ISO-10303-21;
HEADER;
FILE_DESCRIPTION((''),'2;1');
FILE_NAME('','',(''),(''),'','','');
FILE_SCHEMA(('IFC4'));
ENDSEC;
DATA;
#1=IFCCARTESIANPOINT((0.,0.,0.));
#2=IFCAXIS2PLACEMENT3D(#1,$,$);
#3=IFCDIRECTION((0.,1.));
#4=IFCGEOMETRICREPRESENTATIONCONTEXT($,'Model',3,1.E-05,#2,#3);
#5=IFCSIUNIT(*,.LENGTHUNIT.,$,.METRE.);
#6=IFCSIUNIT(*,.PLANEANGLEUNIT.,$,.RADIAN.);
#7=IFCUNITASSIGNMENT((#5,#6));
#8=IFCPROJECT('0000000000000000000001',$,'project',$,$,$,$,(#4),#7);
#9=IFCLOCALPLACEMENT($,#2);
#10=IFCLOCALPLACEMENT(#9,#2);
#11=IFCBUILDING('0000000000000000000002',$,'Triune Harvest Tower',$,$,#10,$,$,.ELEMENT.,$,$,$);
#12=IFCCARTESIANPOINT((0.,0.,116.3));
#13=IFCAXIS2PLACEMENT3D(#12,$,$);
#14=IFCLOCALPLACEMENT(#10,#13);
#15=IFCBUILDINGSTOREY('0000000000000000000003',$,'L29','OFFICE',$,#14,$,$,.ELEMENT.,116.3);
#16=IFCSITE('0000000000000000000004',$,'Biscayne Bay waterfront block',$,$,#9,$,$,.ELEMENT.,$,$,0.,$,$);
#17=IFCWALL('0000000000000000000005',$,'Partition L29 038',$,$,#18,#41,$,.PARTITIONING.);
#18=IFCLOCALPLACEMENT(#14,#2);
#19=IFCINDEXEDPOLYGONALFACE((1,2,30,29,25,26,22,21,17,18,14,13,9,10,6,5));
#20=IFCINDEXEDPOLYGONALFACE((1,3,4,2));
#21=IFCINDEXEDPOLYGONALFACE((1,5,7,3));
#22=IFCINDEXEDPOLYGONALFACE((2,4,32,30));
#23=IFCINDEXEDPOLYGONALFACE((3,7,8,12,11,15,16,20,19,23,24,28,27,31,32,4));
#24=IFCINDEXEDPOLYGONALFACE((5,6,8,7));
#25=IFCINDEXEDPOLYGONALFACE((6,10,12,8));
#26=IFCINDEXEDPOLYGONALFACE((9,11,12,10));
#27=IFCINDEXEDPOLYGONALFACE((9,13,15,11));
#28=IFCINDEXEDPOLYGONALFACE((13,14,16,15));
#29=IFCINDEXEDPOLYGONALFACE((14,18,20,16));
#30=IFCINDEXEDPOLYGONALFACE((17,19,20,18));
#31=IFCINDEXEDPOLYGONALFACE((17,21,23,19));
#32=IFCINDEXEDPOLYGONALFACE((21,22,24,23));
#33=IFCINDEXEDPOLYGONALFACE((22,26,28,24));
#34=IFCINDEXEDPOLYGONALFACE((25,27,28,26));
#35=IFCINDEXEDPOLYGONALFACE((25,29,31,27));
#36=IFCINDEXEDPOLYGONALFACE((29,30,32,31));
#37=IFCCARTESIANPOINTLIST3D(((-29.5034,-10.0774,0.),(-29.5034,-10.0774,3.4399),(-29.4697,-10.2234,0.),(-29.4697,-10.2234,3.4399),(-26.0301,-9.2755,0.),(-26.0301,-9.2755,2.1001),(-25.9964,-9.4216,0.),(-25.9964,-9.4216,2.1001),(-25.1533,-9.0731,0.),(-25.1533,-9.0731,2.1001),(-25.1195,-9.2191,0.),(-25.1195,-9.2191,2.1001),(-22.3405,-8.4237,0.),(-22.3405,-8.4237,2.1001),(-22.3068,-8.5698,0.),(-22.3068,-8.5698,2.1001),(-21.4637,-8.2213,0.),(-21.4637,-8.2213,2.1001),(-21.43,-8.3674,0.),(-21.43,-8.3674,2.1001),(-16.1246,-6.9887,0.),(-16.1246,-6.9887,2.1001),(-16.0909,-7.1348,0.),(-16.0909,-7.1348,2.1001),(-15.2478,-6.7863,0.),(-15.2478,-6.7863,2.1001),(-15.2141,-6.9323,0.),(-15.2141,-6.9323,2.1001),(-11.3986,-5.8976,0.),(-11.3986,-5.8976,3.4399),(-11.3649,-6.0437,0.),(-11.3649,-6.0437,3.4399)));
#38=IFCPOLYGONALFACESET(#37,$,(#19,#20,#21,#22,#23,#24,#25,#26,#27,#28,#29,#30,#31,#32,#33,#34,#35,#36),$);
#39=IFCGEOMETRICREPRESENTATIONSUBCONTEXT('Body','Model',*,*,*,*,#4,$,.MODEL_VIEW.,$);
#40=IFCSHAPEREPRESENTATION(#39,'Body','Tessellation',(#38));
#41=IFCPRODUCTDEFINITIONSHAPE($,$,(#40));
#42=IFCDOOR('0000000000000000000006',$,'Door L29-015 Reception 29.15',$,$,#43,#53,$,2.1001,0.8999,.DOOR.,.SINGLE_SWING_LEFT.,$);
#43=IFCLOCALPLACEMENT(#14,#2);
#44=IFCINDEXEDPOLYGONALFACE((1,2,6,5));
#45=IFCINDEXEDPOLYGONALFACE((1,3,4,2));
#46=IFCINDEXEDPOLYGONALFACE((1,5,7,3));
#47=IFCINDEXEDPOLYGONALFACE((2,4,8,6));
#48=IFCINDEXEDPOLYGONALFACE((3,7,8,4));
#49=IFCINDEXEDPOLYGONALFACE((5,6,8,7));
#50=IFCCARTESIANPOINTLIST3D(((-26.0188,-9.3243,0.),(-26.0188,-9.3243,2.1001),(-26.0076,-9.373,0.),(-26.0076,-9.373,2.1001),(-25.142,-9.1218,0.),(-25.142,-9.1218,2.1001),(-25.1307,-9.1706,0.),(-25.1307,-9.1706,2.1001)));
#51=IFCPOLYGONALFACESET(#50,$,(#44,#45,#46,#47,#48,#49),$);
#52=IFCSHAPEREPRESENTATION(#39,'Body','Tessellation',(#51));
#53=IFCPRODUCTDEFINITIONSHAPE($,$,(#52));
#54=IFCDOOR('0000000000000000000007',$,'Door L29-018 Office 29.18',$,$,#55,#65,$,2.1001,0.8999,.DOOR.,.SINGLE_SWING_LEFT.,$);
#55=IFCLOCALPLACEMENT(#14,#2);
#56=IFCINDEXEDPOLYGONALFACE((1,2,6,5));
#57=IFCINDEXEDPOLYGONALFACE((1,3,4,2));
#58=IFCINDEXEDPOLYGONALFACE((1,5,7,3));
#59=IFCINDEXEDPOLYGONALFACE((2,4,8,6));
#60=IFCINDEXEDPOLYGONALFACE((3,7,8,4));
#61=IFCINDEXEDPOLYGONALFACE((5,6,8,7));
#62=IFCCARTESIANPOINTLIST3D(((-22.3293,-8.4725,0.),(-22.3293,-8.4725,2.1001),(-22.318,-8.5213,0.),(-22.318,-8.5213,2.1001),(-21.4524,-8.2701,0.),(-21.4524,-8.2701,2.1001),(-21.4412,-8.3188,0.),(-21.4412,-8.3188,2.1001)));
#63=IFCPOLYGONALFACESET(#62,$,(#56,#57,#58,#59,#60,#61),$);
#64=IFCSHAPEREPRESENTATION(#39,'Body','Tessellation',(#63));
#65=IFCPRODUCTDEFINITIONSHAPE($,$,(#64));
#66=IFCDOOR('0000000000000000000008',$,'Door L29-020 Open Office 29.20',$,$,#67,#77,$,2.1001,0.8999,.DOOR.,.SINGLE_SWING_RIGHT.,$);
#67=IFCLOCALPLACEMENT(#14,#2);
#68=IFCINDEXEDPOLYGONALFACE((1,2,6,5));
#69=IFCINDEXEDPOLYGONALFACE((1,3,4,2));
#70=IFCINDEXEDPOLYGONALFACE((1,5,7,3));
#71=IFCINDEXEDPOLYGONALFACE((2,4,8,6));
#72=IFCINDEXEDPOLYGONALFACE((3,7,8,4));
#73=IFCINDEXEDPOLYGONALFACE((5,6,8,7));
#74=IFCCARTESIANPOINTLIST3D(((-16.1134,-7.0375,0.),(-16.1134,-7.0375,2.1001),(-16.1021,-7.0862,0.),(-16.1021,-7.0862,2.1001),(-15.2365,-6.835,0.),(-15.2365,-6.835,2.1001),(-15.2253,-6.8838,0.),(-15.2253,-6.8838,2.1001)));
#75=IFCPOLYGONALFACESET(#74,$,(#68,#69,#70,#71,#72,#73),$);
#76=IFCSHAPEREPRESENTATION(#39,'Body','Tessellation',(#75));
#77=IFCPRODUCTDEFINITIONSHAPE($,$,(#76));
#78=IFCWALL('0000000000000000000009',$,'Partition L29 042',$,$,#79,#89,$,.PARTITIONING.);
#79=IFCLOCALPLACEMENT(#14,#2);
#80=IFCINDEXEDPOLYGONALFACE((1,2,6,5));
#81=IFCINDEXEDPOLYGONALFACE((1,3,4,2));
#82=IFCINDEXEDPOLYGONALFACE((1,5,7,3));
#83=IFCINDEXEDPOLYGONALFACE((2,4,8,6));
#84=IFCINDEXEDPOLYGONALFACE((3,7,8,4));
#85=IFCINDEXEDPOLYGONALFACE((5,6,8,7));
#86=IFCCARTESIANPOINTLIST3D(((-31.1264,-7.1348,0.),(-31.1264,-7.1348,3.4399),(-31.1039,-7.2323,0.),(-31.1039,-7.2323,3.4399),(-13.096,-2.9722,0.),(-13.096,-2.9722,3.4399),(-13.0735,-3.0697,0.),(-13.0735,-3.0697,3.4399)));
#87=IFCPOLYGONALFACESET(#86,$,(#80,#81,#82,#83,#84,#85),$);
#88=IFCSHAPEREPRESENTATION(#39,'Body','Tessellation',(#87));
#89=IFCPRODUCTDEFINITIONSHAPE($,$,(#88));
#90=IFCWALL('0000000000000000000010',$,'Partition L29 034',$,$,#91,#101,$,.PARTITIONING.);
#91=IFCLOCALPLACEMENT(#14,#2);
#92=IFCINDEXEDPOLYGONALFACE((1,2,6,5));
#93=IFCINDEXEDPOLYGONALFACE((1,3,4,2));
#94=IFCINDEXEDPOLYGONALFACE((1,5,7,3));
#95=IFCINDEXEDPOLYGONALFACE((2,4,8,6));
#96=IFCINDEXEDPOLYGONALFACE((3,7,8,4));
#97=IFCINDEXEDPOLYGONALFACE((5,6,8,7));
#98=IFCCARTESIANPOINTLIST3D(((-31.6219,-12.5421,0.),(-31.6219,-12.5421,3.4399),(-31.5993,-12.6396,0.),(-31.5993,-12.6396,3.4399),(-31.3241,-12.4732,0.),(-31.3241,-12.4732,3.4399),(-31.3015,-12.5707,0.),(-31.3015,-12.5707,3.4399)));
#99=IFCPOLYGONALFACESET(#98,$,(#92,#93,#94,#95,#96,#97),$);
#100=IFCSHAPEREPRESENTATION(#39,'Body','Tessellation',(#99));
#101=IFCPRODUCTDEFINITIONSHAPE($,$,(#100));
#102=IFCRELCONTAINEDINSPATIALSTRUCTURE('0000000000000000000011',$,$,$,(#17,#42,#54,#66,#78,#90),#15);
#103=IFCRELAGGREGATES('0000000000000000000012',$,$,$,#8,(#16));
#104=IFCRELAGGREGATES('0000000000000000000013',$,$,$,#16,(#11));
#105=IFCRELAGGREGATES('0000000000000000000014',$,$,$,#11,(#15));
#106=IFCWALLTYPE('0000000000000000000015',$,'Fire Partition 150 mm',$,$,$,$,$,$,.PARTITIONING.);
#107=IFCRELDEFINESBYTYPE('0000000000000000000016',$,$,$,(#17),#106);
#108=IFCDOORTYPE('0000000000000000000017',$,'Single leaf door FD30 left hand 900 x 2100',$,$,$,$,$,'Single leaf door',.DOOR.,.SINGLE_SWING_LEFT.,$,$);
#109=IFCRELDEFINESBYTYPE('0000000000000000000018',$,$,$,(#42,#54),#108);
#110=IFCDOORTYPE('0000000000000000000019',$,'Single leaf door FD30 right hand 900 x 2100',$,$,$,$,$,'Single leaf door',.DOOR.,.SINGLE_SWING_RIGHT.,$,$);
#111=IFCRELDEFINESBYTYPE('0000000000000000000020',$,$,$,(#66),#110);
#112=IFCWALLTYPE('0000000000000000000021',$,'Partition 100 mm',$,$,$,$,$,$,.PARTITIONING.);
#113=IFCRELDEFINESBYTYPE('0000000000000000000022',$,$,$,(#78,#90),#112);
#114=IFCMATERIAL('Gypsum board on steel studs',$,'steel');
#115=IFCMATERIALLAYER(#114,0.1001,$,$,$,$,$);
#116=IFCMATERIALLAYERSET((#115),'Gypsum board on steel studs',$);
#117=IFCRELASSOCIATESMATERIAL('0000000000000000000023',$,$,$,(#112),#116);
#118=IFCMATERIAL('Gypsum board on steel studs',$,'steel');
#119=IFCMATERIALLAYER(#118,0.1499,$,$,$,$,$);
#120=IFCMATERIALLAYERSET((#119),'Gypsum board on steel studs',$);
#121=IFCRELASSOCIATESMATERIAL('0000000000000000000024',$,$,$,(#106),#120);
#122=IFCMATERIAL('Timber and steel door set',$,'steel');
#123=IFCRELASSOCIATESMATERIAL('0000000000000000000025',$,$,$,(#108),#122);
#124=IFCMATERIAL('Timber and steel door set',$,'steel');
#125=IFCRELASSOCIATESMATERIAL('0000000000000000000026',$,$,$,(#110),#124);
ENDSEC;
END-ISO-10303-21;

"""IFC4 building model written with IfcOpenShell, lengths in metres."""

from ifc_helpers import new_model, si_unit, direction, frame, frame_2d, origin, place, context, subcontext, project, spatial, rectangle, extrude, source, transform, mapped, material, layer, layer_set, type_object, element, fill, save


model = new_model("IFC4")

# Units and contexts
model_context = context("Model", 3, precision=1e-05, world=origin(), true_north=direction((0.0, 1.0)))
body_context = subcontext(model_context, "Body", "Model", "MODEL_VIEW")
ifc_project = project(units=[si_unit("LENGTHUNIT", "METRE"), si_unit("PLANEANGLEUNIT", "RADIAN")], contexts=[model_context])

# Site, building, storey
site_placement = place(None, origin())
site = spatial("IfcSite", under=ifc_project, at=site_placement, Name="Biscayne Bay waterfront block", CompositionType="ELEMENT", RefElevation=0.0)
building_placement = place(site_placement, origin())
building = spatial("IfcBuilding", under=site, at=building_placement, Name="Triune Harvest Tower", CompositionType="ELEMENT")
storey_placement = place(building_placement, frame((0.0, 0.0, 116.3)))
storey = spatial("IfcBuildingStorey", under=building, at=storey_placement, Name="L29", Description="OFFICE", CompositionType="ELEMENT", Elevation=116.3)

# Shared definitions
ifc_material_1 = material(Name="Gypsum board on steel studs", Category="steel")
ifc_layer_1 = layer(ifc_material_1, 0.1001)
ifc_layer_set_1 = layer_set([ifc_layer_1], Name="Gypsum board on steel studs")
wall_type_1 = type_object("IfcWallType", Name="Partition 100 mm", PredefinedType="PARTITIONING", material=ifc_layer_set_1)
ifc_material_2 = material(Name="Gypsum board on steel studs", Category="steel")
ifc_layer_2 = layer(ifc_material_2, 0.1499)
ifc_layer_set_2 = layer_set([ifc_layer_2], Name="Gypsum board on steel studs")
wall_type_2 = type_object("IfcWallType", Name="Fire Partition 150 mm", PredefinedType="PARTITIONING", material=ifc_layer_set_2)

# Wall, openings, doors
shared_shape_1 = source(origin(), body_context, "Body", "SweptSolid", [
    extrude(rectangle(XDim=18.5811, YDim=0.1499, at=frame_2d((9.2905, 0.0))), origin(), (0.0, 0.0, 1.0), 3.4399),
])
wall_1_placement = place(storey_placement, frame((-29.4866, -10.1504, 0.0), z_axis=(0.0, 0.0, 1.0), x_axis=(0.974371, 0.224945, 0.0)))
wall_1 = element("IfcWall", 1, at=wall_1_placement, inside=storey, type_object=wall_type_2, Name="Partition L29 038", PredefinedType="PARTITIONING", context=body_context, shape_type="MappedRepresentation", body=[
    mapped(shared_shape_1, transform((0.0, 0.0, 0.0), scale=1.0)),
])
opening_1_placement = place(wall_1_placement, frame((3.5647, 0.0, 0.0)))
opening_1 = element("IfcOpeningElement", 2, at=opening_1_placement, cuts=wall_1, PredefinedType="OPENING", context=body_context, shape_type="SweptSolid", body=[
    extrude(rectangle(XDim=0.8999, YDim=2.1001, at=frame_2d((0.45, 1.05))), frame((0.0, 0.085, 0.0), z_axis=(0.0, -1.0, 0.0), x_axis=(1.0, 0.0, 0.0)), (0.0, 0.0, 1.0), 0.1699),
])
opening_2_placement = place(wall_1_placement, frame((7.3513, 0.0, 0.0)))
opening_2 = element("IfcOpeningElement", 3, at=opening_2_placement, cuts=wall_1, PredefinedType="OPENING", context=body_context, shape_type="SweptSolid", body=[
    extrude(rectangle(XDim=0.8999, YDim=2.1001, at=frame_2d((0.45, 1.05))), frame((0.0, 0.085, 0.0), z_axis=(0.0, -1.0, 0.0), x_axis=(1.0, 0.0, 0.0)), (0.0, 0.0, 1.0), 0.1699),
])
opening_3_placement = place(wall_1_placement, frame((13.7307, 0.0, 0.0)))
opening_3 = element("IfcOpeningElement", 4, at=opening_3_placement, cuts=wall_1, PredefinedType="OPENING", context=body_context, shape_type="SweptSolid", body=[
    extrude(rectangle(XDim=0.8999, YDim=2.1001, at=frame_2d((0.45, 1.05))), frame((0.0, 0.085, 0.0), z_axis=(0.0, -1.0, 0.0), x_axis=(1.0, 0.0, 0.0)), (0.0, 0.0, 1.0), 0.1699),
])
ifc_material_3 = material(Name="Timber and steel door set", Category="steel")
door_type_1 = type_object("IfcDoorType", Name="Single leaf door FD30 left hand 900 x 2100", ElementType="Single leaf door", OperationType="SINGLE_SWING_LEFT", PredefinedType="DOOR", material=ifc_material_3)
door_1_placement = place(opening_1_placement, origin())
door_1 = element("IfcDoor", 5, at=door_1_placement, inside=storey, type_object=door_type_1, Name="Door L29-015 Reception 29.15", OperationType="SINGLE_SWING_LEFT", OverallHeight=2.1001, OverallWidth=0.8999, PredefinedType="DOOR", context=body_context, shape_type="SweptSolid", body=[
    extrude(rectangle(XDim=0.8999, YDim=2.1001, at=frame_2d((0.45, 1.05))), frame((0.0, 0.0249, 0.0), z_axis=(0.0, -1.0, 0.0), x_axis=(1.0, 0.0, 0.0)), (0.0, 0.0, 1.0), 0.05),
])
fill(opening_1, door_1)
door_2_placement = place(opening_2_placement, origin())
door_2 = element("IfcDoor", 6, at=door_2_placement, inside=storey, type_object=door_type_1, Name="Door L29-018 Office 29.18", OperationType="SINGLE_SWING_LEFT", OverallHeight=2.1001, OverallWidth=0.8999, PredefinedType="DOOR", context=body_context, shape_type="SweptSolid", body=[
    extrude(rectangle(XDim=0.8999, YDim=2.1001, at=frame_2d((0.45, 1.05))), frame((0.0, 0.0249, 0.0), z_axis=(0.0, -1.0, 0.0), x_axis=(1.0, 0.0, 0.0)), (0.0, 0.0, 1.0), 0.05),
])
fill(opening_2, door_2)
ifc_material_4 = material(Name="Timber and steel door set", Category="steel")
door_type_2 = type_object("IfcDoorType", Name="Single leaf door FD30 right hand 900 x 2100", ElementType="Single leaf door", OperationType="SINGLE_SWING_RIGHT", PredefinedType="DOOR", material=ifc_material_4)
door_3_placement = place(opening_3_placement, origin())
door_3 = element("IfcDoor", 7, at=door_3_placement, inside=storey, type_object=door_type_2, Name="Door L29-020 Open Office 29.20", OperationType="SINGLE_SWING_RIGHT", OverallHeight=2.1001, OverallWidth=0.8999, PredefinedType="DOOR", context=body_context, shape_type="SweptSolid", body=[
    extrude(rectangle(XDim=0.8999, YDim=2.1001, at=frame_2d((0.45, 1.05))), frame((0.0, 0.0249, 0.0), z_axis=(0.0, -1.0, 0.0), x_axis=(1.0, 0.0, 0.0)), (0.0, 0.0, 1.0), 0.05),
])
fill(opening_3, door_3)

# Walls
shared_shape_2 = source(origin(), body_context, "Body", "SweptSolid", [
    extrude(rectangle(XDim=18.5046, YDim=0.1001, at=frame_2d((9.2524, 0.0))), origin(), (0.0, 0.0, 1.0), 3.4399),
])
wall_2_placement = place(storey_placement, frame((-31.1152, -7.1836, 0.0), z_axis=(0.0, 0.0, 1.0), x_axis=(0.97437, 0.22495, 0.0)))
element("IfcWall", 8, at=wall_2_placement, inside=storey, type_object=wall_type_1, Name="Partition L29 042", PredefinedType="PARTITIONING", context=body_context, shape_type="MappedRepresentation", body=[
    mapped(shared_shape_2, transform((0.0, 0.0, 0.0), scale=1.0)),
])
shared_shape_3 = source(origin(), body_context, "Body", "SweptSolid", [
    extrude(rectangle(XDim=0.3057, YDim=0.1001, at=frame_2d((0.1528, 0.0))), origin(), (0.0, 0.0, 1.0), 3.4399),
])
wall_3_placement = place(storey_placement, frame((-31.6106, -12.5908, 0.0), z_axis=(0.0, 0.0, 1.0), x_axis=(0.97431, 0.225209, 0.0)))
element("IfcWall", 9, at=wall_3_placement, inside=storey, type_object=wall_type_1, Name="Partition L29 034", PredefinedType="PARTITIONING", context=body_context, shape_type="MappedRepresentation", body=[
    mapped(shared_shape_3, transform((0.0, 0.0, 0.0), scale=1.0)),
])

save(model, "model.ifc")
